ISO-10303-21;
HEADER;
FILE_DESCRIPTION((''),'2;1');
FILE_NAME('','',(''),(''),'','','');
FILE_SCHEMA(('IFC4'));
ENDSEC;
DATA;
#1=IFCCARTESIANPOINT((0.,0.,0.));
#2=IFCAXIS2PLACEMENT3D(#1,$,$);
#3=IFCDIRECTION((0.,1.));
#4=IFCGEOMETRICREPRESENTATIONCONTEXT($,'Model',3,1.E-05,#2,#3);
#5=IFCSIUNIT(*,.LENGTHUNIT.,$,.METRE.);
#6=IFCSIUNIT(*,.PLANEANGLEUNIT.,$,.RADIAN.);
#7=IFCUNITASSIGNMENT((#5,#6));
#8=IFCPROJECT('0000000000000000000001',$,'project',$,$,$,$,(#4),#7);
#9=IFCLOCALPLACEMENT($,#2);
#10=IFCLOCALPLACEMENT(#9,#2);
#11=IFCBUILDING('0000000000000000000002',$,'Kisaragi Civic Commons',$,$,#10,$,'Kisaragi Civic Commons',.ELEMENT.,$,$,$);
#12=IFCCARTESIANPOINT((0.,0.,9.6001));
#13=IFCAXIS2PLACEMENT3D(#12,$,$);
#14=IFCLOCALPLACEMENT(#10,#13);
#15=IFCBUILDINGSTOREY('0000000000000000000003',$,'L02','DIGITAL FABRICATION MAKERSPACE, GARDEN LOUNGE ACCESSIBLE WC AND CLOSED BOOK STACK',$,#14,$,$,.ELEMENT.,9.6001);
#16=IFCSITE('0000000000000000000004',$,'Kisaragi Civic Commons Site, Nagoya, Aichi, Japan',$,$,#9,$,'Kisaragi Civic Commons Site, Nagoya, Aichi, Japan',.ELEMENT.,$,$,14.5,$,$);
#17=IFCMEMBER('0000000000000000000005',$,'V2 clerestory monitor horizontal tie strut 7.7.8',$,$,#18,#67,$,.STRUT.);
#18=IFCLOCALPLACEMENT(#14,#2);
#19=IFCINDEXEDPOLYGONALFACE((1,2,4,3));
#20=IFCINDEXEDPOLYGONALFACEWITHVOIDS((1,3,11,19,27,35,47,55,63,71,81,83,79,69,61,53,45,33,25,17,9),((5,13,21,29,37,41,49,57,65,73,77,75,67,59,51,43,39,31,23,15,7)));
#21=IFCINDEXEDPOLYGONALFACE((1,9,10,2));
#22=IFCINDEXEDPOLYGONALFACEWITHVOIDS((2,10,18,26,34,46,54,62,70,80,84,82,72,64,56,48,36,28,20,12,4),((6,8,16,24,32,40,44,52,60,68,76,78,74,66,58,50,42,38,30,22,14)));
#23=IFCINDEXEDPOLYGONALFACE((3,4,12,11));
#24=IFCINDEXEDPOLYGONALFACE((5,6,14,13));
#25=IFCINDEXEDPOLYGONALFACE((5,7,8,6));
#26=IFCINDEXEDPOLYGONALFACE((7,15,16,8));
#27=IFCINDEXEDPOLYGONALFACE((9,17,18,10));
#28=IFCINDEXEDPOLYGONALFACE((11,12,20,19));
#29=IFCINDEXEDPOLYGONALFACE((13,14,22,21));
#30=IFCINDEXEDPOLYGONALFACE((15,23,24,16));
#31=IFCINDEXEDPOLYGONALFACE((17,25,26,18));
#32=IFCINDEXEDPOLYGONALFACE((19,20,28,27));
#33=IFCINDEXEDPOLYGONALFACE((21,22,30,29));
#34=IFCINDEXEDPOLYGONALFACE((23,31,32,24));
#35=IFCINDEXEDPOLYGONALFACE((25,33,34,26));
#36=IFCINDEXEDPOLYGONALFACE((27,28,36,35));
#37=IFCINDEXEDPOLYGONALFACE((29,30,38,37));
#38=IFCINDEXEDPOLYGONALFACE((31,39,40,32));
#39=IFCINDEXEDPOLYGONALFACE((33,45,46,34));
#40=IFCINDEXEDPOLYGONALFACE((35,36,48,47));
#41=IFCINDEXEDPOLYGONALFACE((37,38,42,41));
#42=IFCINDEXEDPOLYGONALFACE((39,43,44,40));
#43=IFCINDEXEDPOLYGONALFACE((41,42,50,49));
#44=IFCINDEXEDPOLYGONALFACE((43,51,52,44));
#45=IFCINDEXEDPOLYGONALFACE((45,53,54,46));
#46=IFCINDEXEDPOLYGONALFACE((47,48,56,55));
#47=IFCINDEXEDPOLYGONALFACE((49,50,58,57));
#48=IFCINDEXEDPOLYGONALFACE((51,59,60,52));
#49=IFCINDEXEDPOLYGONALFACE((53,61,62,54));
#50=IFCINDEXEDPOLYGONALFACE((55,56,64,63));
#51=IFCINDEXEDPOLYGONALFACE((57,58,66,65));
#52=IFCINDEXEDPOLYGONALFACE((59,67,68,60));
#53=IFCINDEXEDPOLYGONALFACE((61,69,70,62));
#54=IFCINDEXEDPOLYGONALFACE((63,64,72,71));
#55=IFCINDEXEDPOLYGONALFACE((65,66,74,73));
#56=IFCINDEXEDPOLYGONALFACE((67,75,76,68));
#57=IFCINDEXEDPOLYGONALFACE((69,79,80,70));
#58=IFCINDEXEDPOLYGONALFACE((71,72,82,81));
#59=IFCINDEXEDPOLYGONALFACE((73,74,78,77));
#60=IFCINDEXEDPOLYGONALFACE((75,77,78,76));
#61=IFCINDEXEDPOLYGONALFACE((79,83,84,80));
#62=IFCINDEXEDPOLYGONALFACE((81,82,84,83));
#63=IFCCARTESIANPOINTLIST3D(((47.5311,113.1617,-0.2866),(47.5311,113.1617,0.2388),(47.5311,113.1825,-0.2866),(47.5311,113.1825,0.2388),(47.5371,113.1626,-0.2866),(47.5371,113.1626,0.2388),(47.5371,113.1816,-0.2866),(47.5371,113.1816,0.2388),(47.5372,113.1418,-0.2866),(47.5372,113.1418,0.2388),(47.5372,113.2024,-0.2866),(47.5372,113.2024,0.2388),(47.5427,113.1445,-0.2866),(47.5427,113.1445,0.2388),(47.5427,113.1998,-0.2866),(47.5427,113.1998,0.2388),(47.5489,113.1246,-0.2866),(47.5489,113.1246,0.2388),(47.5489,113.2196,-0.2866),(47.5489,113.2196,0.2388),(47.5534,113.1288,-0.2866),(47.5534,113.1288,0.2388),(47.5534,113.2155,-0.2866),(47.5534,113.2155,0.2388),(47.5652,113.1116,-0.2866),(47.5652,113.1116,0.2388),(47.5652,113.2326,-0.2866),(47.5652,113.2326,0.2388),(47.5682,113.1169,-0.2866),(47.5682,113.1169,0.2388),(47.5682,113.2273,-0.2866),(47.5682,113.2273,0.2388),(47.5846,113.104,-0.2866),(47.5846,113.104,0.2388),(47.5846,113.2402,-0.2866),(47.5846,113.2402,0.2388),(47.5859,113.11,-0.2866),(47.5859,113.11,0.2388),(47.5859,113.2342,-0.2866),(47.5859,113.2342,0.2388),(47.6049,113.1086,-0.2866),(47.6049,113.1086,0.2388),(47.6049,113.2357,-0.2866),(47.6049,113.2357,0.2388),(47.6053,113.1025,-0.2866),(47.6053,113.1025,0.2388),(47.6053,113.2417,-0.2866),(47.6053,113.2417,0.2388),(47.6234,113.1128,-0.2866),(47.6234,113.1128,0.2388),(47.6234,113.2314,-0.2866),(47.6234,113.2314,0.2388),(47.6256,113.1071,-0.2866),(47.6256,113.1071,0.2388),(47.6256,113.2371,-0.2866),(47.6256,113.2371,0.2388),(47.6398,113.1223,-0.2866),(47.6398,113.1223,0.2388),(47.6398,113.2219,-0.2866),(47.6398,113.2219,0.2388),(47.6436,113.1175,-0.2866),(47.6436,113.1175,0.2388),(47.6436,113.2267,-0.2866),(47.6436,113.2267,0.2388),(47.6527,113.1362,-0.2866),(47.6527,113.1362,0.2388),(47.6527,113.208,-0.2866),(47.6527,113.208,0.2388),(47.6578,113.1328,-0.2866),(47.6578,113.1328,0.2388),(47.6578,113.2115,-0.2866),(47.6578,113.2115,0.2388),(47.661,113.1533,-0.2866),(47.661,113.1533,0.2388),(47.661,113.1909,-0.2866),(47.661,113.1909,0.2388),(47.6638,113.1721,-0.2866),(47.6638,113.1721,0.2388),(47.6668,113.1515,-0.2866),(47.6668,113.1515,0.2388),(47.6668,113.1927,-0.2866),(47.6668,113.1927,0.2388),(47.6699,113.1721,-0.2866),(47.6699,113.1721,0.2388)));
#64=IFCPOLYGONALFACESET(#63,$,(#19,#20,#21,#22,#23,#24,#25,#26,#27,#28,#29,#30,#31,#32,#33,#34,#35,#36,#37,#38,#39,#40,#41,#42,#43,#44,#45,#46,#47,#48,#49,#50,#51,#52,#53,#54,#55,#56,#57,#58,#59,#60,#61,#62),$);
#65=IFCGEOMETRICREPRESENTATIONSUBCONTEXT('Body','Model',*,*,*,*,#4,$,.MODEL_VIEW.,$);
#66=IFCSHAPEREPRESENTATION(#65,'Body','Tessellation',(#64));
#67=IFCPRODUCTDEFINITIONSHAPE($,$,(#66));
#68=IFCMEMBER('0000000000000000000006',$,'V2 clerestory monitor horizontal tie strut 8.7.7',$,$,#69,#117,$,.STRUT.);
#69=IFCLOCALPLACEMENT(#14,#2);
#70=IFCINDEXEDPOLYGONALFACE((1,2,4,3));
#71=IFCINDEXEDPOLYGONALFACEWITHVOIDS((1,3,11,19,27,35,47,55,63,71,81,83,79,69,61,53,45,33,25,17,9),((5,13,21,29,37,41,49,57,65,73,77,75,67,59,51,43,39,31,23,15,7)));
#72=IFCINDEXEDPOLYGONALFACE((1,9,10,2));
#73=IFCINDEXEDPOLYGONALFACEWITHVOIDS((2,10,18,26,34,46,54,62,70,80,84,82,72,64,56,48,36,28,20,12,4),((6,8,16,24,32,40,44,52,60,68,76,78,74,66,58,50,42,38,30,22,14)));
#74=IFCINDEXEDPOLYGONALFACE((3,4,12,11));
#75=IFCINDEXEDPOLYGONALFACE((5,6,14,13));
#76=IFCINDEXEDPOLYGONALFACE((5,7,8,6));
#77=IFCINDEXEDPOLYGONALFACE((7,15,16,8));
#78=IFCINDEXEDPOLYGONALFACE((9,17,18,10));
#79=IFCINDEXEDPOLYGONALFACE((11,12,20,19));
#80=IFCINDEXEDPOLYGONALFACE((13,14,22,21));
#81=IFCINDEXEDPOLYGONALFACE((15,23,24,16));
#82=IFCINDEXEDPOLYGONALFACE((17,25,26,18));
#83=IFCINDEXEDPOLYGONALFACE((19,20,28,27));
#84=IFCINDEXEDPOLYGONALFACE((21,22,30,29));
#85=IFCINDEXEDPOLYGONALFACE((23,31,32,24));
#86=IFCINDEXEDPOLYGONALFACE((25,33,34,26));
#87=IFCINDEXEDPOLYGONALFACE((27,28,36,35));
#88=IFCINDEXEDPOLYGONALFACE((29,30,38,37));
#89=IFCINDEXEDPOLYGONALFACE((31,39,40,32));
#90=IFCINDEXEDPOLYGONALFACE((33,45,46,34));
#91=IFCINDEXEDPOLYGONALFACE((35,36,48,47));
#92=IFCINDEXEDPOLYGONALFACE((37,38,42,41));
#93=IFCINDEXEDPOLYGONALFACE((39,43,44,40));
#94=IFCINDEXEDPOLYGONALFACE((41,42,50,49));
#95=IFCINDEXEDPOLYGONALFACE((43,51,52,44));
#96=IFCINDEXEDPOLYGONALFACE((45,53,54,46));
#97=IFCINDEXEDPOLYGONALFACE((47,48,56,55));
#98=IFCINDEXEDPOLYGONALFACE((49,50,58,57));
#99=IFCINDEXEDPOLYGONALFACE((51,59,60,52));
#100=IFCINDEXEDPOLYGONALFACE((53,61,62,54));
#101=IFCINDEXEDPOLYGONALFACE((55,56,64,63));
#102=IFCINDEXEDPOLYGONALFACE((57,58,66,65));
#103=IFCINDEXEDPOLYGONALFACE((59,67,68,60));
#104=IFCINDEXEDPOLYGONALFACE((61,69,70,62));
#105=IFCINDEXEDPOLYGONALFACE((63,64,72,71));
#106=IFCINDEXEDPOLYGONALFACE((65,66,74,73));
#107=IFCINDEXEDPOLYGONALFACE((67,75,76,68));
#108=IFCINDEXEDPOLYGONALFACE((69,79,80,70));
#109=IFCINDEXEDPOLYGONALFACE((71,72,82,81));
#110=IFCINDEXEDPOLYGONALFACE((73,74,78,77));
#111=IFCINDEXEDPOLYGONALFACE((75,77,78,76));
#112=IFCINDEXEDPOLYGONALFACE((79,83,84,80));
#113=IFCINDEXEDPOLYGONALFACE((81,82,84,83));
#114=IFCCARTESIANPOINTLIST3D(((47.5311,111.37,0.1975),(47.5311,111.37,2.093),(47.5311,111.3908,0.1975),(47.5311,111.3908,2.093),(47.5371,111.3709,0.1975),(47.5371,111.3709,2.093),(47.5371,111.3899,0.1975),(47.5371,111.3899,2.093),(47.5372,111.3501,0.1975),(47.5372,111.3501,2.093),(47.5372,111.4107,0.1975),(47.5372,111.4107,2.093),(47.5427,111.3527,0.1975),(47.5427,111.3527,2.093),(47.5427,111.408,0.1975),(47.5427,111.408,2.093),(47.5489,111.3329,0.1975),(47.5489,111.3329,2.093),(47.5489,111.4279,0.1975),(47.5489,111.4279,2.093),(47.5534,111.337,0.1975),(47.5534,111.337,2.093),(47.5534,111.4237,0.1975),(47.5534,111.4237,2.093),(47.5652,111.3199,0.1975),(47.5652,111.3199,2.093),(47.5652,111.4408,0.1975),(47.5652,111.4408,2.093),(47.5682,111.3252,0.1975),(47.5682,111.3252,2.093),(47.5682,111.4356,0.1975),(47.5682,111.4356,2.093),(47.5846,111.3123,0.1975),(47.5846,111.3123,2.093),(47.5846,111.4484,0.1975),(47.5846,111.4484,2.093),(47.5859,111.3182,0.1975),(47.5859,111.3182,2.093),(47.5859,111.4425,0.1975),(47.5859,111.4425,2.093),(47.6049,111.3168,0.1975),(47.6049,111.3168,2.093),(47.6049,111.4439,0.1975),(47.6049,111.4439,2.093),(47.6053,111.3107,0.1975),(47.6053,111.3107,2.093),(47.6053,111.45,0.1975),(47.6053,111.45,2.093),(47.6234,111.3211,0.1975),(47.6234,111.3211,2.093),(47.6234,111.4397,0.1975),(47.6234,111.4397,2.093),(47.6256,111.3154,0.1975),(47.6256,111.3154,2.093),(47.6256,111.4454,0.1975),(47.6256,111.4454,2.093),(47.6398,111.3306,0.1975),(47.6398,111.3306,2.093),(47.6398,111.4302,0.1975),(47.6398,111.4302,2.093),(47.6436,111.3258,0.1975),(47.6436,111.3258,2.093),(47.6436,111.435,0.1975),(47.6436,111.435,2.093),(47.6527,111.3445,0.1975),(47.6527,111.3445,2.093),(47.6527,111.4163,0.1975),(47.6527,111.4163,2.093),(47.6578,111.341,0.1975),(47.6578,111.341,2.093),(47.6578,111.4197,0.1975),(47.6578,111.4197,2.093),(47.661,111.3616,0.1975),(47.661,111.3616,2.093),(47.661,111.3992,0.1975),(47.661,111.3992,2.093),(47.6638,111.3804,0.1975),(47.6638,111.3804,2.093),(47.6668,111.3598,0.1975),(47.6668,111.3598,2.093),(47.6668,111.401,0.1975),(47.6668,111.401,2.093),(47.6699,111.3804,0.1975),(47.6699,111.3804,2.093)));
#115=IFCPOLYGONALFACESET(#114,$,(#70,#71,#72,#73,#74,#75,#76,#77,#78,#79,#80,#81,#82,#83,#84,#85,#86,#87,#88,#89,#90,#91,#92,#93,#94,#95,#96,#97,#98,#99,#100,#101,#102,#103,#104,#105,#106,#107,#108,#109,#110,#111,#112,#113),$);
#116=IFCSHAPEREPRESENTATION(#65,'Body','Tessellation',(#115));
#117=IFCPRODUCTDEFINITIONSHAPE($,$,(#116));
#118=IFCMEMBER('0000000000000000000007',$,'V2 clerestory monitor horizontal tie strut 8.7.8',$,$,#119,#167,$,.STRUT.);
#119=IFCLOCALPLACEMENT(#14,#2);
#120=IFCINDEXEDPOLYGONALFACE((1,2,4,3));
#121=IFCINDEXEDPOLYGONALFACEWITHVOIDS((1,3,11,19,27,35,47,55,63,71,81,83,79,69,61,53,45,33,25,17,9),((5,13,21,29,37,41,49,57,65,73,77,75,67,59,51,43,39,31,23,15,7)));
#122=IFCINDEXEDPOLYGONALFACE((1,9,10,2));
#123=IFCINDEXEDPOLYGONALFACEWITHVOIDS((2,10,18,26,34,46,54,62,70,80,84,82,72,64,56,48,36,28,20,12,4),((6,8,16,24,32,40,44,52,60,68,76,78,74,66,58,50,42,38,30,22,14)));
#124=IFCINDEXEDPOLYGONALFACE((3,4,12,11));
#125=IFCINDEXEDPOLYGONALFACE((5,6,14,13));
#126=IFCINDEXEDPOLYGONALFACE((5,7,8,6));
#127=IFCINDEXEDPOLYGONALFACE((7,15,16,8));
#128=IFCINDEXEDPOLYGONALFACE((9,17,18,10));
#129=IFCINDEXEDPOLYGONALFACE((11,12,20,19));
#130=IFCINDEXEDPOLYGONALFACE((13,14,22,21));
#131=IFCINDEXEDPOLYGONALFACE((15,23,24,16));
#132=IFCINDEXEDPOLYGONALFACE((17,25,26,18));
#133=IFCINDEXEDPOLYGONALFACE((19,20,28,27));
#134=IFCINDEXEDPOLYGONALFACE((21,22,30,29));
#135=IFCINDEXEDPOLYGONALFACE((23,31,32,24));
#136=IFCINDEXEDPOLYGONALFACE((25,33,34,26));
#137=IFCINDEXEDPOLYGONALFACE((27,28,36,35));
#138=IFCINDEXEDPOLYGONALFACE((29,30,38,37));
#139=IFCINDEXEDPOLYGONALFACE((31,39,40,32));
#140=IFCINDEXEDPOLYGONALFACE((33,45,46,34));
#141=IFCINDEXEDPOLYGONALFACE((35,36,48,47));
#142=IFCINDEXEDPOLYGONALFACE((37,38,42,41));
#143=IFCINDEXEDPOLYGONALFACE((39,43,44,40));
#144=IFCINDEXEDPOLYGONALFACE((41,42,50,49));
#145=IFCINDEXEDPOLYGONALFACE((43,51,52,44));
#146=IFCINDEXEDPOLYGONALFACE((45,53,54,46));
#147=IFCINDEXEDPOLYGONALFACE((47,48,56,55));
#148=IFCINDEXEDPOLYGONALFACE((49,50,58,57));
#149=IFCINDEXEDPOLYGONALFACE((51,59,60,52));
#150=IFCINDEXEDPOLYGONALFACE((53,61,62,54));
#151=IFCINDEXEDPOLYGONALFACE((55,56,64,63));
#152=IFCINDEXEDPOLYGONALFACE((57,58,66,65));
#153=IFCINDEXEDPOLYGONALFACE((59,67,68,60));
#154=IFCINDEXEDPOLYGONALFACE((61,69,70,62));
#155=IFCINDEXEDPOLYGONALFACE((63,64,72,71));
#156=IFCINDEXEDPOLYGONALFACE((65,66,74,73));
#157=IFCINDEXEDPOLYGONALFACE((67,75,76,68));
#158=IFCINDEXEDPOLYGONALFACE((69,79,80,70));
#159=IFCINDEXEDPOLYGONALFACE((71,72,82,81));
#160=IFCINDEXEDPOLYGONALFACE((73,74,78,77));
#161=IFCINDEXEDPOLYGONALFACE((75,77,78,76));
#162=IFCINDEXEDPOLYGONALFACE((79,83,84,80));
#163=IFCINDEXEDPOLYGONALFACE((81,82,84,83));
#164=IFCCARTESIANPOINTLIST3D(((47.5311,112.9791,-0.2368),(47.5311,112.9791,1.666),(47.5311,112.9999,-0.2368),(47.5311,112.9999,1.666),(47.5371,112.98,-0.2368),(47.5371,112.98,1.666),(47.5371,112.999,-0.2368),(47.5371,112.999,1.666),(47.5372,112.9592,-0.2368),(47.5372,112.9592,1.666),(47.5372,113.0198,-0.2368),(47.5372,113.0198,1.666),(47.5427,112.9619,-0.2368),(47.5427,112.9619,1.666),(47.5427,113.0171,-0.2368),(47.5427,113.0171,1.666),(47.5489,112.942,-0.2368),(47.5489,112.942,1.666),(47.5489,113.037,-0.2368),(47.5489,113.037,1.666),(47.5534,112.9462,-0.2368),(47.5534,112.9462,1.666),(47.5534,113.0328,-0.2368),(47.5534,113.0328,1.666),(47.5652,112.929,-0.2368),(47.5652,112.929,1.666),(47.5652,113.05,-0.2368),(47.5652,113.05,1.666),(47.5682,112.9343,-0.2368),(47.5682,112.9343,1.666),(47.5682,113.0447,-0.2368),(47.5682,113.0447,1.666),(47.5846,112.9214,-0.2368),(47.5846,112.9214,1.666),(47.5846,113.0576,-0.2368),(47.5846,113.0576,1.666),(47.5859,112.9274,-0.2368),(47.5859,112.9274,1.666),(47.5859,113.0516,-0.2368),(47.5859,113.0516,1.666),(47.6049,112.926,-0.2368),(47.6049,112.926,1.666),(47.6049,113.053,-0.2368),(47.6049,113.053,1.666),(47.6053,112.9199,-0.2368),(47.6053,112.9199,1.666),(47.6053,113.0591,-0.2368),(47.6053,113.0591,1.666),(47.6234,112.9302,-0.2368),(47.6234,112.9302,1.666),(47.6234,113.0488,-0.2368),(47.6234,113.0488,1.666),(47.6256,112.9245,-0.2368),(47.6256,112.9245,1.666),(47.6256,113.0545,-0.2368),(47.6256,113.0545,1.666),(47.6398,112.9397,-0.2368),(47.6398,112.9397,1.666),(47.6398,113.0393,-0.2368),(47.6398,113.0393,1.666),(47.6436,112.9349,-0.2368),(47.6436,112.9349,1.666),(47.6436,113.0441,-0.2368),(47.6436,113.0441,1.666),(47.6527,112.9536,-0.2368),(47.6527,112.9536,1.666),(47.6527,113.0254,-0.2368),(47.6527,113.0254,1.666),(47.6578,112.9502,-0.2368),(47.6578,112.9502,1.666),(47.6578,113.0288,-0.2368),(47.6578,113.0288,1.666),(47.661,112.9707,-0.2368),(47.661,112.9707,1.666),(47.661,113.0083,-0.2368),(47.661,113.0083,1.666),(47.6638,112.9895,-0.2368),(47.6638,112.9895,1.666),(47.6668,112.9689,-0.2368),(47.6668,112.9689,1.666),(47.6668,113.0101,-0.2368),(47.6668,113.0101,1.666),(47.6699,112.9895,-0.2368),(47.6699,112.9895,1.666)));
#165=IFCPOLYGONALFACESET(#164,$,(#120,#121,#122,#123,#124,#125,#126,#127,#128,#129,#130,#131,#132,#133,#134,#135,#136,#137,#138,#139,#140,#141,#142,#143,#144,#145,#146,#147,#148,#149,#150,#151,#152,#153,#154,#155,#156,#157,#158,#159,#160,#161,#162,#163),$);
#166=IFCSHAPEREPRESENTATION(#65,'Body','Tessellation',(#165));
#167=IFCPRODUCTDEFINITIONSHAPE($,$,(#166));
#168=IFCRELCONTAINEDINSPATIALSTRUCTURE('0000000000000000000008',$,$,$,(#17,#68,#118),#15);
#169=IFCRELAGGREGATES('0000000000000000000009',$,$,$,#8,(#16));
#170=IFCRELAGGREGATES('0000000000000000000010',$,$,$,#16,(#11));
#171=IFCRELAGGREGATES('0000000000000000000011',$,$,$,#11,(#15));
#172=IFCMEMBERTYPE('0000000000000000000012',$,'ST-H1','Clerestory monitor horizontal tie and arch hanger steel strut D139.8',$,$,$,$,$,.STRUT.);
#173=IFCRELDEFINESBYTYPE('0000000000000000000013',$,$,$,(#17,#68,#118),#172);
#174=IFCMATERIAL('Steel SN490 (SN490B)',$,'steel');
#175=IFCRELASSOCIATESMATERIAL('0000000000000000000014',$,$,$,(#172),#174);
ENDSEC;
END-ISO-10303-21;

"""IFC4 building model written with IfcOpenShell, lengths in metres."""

from ifc_helpers import new_model, si_unit, direction, frame, origin, origin_2d, place, context, subcontext, project, spatial, hollow_circle, extrude, material, material_profile, profile_set, type_object, element, save


model = new_model("IFC4")

# Units and contexts
model_context = context("Model", 3, precision=1e-05, world=origin(), true_north=direction((0.0, 1.0)))
body_context = subcontext(model_context, "Body", "Model", "MODEL_VIEW")
ifc_project = project(units=[si_unit("LENGTHUNIT", "METRE"), si_unit("PLANEANGLEUNIT", "RADIAN")], contexts=[model_context])

# Site, building, storey
site_placement = place(None, origin())
site = spatial("IfcSite", under=ifc_project, at=site_placement, Name="Kisaragi Civic Commons Site, Nagoya, Aichi, Japan", LongName="Kisaragi Civic Commons Site, Nagoya, Aichi, Japan", CompositionType="ELEMENT", RefElevation=14.5)
building_placement = place(site_placement, origin())
building = spatial("IfcBuilding", under=site, at=building_placement, Name="Kisaragi Civic Commons", LongName="Kisaragi Civic Commons", CompositionType="ELEMENT")
storey_placement = place(building_placement, frame((0.0, 0.0, 9.6001)))
storey = spatial("IfcBuildingStorey", under=building, at=storey_placement, Name="L02", Description="DIGITAL FABRICATION MAKERSPACE, GARDEN LOUNGE ACCESSIBLE WC AND CLOSED BOOK STACK", CompositionType="ELEMENT", Elevation=9.6001)

# Members
ifc_material_1 = material(Name="Steel SN490 (SN490B)", Category="steel")
ifc_material_profile_1 = material_profile(ifc_material_1, hollow_circle(Radius=0.0698, WallThickness=0.0061, at=origin_2d()), Name="CHS-139.8x6.0", Category="steel")
ifc_profile_set_1 = profile_set([ifc_material_profile_1], Name="Steel SN490 (SN490B)")
member_type_1 = type_object("IfcMemberType", Name="ST-H1", Description="Clerestory monitor horizontal tie and arch hanger steel strut D139.8", PredefinedType="STRUT", material=ifc_profile_set_1)
member_1_placement = place(storey_placement, frame((47.6001, 113.1721, -0.2866), z_axis=(0.0, 0.0, 1.0), x_axis=(1.0, 0.0, 0.0)))
element("IfcMember", 1, at=member_1_placement, inside=storey, type_object=member_type_1, Name="V2 clerestory monitor horizontal tie strut 7.7.8", PredefinedType="STRUT", context=body_context, shape_type="SweptSolid", body=[
    extrude(hollow_circle(Radius=0.0698, WallThickness=0.0061, at=origin_2d()), origin(), (0.0, 0.0, 1.0), 0.5254),
])
member_2_placement = place(storey_placement, frame((47.6001, 111.3804, 0.1975), z_axis=(0.0, 0.0, 1.0), x_axis=(1.0, 0.0, 0.0)))
element("IfcMember", 2, at=member_2_placement, inside=storey, type_object=member_type_1, Name="V2 clerestory monitor horizontal tie strut 8.7.7", PredefinedType="STRUT", context=body_context, shape_type="SweptSolid", body=[
    extrude(hollow_circle(Radius=0.0698, WallThickness=0.0061, at=origin_2d()), origin(), (0.0, 0.0, 1.0), 1.8955),
])
member_3_placement = place(storey_placement, frame((47.6001, 112.9895, -0.2368), z_axis=(0.0, 0.0, 1.0), x_axis=(1.0, 0.0, 0.0)))
element("IfcMember", 3, at=member_3_placement, inside=storey, type_object=member_type_1, Name="V2 clerestory monitor horizontal tie strut 8.7.8", PredefinedType="STRUT", context=body_context, shape_type="SweptSolid", body=[
    extrude(hollow_circle(Radius=0.0698, WallThickness=0.0061, at=origin_2d()), origin(), (0.0, 0.0, 1.0), 1.9028),
])

save(model, "model.ifc")
